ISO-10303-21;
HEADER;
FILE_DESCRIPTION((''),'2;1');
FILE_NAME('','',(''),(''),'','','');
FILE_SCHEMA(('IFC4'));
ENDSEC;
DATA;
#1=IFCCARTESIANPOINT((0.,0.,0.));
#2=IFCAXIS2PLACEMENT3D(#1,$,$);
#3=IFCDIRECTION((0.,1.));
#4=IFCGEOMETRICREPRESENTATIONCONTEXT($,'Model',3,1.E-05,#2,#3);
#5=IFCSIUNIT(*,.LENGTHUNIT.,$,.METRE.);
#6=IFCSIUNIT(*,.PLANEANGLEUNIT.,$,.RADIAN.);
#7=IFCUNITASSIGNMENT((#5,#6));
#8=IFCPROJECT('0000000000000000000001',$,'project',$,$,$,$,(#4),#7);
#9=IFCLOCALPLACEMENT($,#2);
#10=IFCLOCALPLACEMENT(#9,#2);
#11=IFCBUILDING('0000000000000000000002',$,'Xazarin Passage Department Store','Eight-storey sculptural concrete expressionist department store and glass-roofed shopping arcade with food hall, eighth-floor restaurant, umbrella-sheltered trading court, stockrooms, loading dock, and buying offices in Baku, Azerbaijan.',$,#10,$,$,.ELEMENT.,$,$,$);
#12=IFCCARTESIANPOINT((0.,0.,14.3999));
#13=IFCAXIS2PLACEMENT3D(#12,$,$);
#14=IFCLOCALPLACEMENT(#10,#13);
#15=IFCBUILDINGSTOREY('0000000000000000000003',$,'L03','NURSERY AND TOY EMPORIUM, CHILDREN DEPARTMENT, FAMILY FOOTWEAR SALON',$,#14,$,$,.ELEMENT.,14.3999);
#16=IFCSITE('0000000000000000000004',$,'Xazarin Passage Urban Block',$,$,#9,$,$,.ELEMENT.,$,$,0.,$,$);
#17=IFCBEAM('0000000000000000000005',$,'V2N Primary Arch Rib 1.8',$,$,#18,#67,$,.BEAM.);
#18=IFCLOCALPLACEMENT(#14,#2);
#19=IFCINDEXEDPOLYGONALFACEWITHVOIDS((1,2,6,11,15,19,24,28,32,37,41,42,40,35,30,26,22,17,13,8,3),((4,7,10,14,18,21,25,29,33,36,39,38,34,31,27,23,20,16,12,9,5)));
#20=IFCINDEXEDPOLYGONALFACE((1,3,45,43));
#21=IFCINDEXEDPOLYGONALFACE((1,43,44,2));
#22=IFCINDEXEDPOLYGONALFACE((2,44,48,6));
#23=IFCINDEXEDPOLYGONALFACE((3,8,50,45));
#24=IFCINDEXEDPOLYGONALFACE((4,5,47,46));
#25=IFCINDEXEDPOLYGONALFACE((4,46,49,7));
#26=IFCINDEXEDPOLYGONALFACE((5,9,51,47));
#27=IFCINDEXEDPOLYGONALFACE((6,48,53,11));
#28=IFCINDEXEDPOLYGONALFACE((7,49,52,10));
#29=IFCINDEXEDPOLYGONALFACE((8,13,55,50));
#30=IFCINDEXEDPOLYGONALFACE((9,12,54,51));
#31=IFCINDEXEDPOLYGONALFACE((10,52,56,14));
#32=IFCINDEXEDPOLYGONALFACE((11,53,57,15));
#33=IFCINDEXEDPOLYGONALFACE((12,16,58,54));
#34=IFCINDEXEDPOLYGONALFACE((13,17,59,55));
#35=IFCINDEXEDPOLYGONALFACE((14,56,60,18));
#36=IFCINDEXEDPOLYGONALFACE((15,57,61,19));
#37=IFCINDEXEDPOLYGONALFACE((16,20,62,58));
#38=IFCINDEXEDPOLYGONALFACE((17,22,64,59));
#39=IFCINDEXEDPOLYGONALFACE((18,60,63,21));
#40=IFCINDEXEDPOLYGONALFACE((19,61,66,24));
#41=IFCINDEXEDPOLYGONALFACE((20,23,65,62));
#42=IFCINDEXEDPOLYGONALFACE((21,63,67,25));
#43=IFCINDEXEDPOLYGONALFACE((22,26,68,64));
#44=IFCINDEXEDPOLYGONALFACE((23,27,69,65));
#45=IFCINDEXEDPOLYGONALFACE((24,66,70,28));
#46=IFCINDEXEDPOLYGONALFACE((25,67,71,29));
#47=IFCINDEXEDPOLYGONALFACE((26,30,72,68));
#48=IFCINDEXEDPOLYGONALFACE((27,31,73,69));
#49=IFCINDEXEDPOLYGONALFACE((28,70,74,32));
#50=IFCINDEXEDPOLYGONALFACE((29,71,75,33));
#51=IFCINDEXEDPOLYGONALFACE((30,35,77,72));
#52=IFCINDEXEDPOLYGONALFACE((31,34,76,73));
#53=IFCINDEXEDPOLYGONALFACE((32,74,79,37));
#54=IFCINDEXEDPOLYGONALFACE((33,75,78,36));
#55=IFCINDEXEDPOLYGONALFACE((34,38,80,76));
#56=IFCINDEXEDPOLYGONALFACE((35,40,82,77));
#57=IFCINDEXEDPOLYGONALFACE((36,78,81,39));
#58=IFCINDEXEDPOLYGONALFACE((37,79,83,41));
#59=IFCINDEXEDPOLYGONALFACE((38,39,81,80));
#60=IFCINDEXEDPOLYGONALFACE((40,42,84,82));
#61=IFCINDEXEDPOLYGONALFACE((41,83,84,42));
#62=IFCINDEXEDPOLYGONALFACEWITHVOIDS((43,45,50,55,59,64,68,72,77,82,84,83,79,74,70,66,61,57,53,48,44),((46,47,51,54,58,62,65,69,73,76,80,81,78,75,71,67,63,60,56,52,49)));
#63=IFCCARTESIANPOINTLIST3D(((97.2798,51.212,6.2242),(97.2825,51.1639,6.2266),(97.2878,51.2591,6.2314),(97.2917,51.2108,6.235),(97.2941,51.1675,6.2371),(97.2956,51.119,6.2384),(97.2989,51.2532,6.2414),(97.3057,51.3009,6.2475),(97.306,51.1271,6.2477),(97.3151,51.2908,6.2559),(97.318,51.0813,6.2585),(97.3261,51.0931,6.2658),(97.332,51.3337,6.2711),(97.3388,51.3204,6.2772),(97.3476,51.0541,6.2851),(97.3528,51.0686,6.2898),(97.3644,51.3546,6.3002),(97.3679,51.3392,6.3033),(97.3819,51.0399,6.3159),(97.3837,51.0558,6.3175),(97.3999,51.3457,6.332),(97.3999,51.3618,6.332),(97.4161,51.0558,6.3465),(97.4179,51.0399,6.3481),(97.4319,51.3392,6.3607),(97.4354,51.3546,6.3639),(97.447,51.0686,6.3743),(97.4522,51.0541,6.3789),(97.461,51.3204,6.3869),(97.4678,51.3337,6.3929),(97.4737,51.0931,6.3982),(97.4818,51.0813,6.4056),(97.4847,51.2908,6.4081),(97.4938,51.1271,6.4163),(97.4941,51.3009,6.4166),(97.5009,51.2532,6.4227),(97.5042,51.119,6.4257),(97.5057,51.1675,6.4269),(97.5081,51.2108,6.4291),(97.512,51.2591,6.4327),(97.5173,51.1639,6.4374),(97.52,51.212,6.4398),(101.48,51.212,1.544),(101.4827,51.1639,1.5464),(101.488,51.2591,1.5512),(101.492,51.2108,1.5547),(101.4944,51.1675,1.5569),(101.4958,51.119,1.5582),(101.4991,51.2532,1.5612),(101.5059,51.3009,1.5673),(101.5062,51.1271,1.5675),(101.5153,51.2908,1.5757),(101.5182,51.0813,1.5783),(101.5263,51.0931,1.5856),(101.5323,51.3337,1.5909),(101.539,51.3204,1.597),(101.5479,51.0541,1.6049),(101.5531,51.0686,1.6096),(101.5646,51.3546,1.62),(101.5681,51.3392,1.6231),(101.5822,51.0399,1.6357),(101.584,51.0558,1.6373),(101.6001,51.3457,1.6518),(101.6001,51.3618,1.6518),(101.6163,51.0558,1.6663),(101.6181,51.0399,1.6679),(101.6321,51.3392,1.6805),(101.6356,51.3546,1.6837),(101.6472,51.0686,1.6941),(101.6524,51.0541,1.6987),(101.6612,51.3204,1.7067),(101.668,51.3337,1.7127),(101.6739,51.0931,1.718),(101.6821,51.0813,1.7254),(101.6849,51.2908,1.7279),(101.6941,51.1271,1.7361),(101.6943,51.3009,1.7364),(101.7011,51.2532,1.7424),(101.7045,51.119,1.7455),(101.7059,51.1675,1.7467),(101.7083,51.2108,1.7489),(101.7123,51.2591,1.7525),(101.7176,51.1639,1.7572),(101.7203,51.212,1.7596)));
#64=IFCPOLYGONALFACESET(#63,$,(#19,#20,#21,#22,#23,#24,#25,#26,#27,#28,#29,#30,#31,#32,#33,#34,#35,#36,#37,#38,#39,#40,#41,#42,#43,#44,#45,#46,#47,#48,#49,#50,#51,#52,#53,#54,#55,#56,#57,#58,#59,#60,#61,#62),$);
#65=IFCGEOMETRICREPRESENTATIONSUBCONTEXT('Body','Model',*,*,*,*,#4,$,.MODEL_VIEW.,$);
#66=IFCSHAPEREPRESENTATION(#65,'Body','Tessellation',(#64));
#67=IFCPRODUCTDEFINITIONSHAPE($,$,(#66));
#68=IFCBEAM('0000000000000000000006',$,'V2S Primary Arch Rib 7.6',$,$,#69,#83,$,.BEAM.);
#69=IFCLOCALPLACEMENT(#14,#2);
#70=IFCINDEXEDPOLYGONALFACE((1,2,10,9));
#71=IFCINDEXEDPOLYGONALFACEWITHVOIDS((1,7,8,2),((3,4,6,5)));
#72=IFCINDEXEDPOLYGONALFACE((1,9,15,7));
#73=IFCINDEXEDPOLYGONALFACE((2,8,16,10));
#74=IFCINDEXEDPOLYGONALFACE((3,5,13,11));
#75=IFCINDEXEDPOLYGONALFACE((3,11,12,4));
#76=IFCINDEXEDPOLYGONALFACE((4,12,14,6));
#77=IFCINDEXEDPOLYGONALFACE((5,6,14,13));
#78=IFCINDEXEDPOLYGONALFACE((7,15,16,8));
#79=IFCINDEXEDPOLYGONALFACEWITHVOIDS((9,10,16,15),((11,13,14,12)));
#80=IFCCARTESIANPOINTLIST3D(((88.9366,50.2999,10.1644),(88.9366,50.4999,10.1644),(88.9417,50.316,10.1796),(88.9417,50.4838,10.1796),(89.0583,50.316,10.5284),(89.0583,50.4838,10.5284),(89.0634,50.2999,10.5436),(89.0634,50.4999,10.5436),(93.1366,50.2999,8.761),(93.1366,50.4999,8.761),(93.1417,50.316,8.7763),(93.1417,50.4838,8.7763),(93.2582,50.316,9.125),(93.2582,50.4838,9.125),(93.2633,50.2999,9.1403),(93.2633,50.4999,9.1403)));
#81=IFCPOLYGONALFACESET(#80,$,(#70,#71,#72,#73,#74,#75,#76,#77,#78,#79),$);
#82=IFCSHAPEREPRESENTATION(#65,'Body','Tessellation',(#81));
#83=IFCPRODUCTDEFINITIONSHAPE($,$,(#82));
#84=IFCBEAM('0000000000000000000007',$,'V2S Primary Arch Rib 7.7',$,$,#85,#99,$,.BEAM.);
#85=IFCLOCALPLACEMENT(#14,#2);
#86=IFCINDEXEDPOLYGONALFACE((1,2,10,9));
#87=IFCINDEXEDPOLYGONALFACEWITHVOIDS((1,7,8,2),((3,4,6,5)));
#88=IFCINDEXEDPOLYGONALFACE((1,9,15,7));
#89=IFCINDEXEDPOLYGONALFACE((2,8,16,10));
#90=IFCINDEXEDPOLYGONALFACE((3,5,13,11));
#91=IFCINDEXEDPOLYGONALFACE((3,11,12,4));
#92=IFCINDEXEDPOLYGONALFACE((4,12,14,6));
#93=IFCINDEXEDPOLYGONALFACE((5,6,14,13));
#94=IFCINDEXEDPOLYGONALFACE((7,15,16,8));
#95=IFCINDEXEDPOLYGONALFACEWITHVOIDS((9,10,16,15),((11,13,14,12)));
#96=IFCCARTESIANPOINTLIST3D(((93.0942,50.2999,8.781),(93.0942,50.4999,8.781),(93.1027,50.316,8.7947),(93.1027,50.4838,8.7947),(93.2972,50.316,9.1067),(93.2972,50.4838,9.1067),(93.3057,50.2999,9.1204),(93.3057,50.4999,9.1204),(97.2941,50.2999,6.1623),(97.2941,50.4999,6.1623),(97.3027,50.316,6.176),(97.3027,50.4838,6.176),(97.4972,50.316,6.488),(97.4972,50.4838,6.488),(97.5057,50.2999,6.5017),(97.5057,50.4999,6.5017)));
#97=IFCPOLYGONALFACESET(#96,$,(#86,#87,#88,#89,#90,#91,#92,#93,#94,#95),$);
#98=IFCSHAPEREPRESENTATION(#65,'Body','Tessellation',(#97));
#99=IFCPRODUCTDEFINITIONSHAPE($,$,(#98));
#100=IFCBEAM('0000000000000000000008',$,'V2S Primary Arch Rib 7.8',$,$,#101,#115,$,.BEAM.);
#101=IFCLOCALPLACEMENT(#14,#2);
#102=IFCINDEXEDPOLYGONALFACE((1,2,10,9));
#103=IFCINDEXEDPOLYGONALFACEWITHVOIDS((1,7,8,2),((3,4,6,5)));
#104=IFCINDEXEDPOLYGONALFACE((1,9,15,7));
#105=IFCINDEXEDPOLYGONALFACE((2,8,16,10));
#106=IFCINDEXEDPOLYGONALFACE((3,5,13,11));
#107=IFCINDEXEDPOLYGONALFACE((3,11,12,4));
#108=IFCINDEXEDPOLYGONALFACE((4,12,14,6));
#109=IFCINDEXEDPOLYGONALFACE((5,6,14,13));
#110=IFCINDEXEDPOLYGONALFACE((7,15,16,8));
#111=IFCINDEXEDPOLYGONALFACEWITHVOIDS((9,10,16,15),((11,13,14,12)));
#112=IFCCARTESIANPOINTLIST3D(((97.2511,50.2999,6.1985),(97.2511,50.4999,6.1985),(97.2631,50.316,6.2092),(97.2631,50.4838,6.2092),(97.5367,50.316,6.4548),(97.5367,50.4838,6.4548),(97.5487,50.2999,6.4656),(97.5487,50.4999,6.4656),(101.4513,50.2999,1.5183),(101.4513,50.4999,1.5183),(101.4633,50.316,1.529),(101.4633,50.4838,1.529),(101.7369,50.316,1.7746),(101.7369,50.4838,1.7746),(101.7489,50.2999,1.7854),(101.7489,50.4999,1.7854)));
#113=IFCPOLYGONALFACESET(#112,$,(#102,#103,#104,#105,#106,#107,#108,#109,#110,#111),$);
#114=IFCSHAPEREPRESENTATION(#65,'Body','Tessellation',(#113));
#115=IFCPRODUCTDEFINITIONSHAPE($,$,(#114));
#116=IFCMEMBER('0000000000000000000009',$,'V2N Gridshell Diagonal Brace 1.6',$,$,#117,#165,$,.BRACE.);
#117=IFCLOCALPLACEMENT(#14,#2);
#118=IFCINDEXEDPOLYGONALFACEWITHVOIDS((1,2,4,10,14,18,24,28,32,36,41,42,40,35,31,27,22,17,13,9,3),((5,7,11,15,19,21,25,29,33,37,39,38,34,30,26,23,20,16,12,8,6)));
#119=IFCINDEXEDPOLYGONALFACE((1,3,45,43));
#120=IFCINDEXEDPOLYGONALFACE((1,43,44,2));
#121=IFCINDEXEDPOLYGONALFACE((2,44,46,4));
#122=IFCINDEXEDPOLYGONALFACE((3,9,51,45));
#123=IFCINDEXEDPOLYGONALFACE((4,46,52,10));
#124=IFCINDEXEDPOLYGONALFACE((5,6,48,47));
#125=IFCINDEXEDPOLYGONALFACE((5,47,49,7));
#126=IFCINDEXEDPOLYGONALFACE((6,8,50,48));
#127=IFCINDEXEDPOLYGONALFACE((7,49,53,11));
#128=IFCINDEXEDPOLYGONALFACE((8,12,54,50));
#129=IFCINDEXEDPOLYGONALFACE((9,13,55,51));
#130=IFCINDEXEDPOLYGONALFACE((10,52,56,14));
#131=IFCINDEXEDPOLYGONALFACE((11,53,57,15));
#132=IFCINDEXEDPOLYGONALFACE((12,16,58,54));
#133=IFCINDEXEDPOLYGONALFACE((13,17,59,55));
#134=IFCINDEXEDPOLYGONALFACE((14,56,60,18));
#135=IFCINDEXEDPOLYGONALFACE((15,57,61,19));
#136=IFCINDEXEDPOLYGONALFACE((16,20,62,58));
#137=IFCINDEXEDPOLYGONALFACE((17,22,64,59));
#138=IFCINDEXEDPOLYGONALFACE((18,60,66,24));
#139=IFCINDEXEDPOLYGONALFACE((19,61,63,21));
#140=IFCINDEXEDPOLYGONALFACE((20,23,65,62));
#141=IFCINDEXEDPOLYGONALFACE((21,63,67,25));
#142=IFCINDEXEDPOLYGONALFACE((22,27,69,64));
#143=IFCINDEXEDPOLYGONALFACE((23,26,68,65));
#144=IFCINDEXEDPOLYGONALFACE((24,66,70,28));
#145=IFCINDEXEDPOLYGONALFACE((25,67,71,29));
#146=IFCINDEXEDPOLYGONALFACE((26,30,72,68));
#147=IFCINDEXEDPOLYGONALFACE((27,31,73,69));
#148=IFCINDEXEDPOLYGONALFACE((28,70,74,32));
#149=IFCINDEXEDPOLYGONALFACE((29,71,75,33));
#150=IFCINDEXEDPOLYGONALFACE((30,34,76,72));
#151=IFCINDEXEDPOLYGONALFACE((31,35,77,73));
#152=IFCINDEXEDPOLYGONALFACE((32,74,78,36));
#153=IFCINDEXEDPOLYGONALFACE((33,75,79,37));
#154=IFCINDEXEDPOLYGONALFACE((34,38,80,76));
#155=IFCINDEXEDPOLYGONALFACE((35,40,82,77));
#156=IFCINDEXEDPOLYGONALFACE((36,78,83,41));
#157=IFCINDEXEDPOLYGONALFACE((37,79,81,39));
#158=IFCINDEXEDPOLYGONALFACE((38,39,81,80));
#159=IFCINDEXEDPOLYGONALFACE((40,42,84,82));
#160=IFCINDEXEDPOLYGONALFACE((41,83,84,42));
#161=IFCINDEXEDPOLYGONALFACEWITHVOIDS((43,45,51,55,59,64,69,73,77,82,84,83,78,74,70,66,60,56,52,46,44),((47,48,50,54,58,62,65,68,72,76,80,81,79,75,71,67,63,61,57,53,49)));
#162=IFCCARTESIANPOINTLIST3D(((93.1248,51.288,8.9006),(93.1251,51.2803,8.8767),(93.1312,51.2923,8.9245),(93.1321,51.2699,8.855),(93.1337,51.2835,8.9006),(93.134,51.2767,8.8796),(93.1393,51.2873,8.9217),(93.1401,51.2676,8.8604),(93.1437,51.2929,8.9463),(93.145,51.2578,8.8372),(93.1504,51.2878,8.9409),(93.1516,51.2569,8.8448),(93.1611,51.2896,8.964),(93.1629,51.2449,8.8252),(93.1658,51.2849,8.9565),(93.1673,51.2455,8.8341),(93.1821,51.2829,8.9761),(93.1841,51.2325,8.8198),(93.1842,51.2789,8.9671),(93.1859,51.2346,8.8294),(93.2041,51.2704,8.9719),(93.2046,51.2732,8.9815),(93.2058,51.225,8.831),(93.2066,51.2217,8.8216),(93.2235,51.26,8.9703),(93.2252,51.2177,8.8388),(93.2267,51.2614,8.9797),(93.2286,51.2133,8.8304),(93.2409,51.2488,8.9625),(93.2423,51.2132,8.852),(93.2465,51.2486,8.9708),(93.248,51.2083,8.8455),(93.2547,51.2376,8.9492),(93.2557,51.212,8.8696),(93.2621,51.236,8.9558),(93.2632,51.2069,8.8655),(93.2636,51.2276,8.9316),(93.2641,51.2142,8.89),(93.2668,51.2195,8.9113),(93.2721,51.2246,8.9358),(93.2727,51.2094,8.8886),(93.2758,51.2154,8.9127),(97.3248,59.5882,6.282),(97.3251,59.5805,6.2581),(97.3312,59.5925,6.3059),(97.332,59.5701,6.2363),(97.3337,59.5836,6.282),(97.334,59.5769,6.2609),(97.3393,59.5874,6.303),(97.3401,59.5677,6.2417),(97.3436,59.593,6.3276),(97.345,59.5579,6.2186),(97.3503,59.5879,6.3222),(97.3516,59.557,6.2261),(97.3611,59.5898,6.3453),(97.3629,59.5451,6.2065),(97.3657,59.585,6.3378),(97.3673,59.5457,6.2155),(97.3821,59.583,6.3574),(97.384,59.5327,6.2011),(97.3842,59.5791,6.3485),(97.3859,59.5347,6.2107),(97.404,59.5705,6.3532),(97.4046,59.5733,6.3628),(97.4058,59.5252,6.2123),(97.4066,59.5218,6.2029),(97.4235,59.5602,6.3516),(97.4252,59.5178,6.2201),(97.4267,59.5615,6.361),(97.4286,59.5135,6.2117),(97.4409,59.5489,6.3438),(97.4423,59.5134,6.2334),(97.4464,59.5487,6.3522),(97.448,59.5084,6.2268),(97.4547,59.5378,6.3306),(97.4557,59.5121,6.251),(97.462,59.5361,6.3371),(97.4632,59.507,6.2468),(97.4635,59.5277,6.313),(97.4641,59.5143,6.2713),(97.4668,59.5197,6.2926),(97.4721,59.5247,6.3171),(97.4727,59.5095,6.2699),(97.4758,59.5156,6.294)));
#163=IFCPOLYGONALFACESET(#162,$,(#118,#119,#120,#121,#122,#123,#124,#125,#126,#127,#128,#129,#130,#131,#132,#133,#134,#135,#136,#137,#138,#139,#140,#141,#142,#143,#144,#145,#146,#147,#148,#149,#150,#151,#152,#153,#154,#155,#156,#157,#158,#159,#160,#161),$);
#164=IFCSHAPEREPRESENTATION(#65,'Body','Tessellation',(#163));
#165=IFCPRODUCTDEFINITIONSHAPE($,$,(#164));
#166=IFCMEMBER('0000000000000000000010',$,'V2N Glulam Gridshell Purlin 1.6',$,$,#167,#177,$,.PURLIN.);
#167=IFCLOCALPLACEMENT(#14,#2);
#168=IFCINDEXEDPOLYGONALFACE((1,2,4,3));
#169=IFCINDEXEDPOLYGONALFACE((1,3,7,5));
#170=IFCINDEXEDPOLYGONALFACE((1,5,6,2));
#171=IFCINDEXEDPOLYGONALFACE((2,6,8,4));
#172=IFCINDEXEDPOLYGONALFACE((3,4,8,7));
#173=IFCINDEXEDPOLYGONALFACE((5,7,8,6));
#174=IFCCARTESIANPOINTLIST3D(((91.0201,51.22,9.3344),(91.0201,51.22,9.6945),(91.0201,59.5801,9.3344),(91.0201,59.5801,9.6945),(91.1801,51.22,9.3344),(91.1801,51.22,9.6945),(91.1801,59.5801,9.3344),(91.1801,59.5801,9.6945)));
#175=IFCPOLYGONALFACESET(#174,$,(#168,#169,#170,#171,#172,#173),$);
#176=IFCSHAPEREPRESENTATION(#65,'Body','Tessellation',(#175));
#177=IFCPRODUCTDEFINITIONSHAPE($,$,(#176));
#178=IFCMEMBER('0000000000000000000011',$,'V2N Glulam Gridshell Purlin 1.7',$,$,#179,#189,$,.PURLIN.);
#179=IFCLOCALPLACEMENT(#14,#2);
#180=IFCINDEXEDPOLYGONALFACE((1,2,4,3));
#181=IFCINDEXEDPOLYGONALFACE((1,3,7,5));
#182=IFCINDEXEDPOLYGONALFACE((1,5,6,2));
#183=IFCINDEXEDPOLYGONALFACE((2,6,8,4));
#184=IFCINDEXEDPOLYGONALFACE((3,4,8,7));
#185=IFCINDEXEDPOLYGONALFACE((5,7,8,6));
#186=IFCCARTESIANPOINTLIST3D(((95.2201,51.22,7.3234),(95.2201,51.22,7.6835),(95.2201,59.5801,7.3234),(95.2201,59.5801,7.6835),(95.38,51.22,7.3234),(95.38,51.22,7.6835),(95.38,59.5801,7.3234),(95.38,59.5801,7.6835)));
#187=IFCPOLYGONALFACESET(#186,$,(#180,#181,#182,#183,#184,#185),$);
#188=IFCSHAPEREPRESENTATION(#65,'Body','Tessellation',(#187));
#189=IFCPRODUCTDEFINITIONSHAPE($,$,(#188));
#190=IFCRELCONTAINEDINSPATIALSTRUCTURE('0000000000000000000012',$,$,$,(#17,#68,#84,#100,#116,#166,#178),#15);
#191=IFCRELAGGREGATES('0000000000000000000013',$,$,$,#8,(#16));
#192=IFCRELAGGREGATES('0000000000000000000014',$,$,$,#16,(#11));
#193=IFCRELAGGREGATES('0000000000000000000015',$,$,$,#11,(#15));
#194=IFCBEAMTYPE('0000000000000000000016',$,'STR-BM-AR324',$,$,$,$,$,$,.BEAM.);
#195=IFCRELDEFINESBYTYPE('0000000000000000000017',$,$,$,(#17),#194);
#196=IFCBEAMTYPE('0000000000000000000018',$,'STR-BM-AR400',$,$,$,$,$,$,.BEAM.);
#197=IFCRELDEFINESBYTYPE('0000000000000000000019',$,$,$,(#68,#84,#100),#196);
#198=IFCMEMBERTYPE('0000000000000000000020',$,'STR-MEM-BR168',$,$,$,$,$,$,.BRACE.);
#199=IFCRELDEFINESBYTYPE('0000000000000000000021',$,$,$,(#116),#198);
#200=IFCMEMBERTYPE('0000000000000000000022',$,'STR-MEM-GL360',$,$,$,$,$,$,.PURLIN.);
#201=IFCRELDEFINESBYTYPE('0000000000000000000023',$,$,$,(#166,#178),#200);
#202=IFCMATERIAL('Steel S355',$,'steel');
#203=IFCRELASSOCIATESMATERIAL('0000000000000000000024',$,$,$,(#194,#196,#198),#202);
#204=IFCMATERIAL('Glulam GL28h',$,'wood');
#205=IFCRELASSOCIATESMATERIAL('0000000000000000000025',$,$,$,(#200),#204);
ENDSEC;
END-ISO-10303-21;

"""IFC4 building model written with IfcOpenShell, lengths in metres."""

from ifc_helpers import new_model, si_unit, direction, frame, origin, origin_2d, place, context, subcontext, project, spatial, rectangle, hollow_rectangle, hollow_circle, extrude, material, material_profile, profile_set, type_object, element, save


model = new_model("IFC4")

# Units and contexts
model_context = context("Model", 3, precision=1e-05, world=origin(), true_north=direction((0.0, 1.0)))
body_context = subcontext(model_context, "Body", "Model", "MODEL_VIEW")
ifc_project = project(units=[si_unit("LENGTHUNIT", "METRE"), si_unit("PLANEANGLEUNIT", "RADIAN")], contexts=[model_context])

# Site, building, storey
site_placement = place(None, origin())
site = spatial("IfcSite", under=ifc_project, at=site_placement, Name="Xazarin Passage Urban Block", CompositionType="ELEMENT", RefElevation=0.0)
building_placement = place(site_placement, origin())
building = spatial("IfcBuilding", under=site, at=building_placement, Name="Xazarin Passage Department Store", Description="Eight-storey sculptural concrete expressionist department store and glass-roofed shopping arcade with food hall, eighth-floor restaurant, umbrella-sheltered trading court, stockrooms, loading dock, and buying offices in Baku, Azerbaijan.", CompositionType="ELEMENT")
storey_placement = place(building_placement, frame((0.0, 0.0, 14.3999)))
storey = spatial("IfcBuildingStorey", under=building, at=storey_placement, Name="L03", Description="NURSERY AND TOY EMPORIUM, CHILDREN DEPARTMENT, FAMILY FOOTWEAR SALON", CompositionType="ELEMENT", Elevation=14.3999)

# Shared definitions
ifc_material_1 = material(Name="Steel S355", Category="steel")

# Beams
ifc_material_profile_1 = material_profile(ifc_material_1, hollow_circle(Radius=0.1619, WallThickness=0.0161, at=origin_2d()), Name="CHS 323.9x16")
ifc_profile_set_1 = profile_set([ifc_material_profile_1], Name="Steel S355")
beam_type_1 = type_object("IfcBeamType", Name="STR-BM-AR324", PredefinedType="BEAM", material=ifc_profile_set_1)
beam_1_placement = place(storey_placement, frame((97.3999, 51.2, 6.332), z_axis=(0.667913, 0.0, -0.744239), x_axis=(0.0, 1.0, 0.0)))
element("IfcBeam", 1, at=beam_1_placement, inside=storey, type_object=beam_type_1, Name="V2N Primary Arch Rib 1.8", PredefinedType="BEAM", context=body_context, shape_type="SweptSolid", body=[
    extrude(hollow_circle(Radius=0.1619, WallThickness=0.0161, at=origin_2d()), origin(), (0.0, 0.0, 1.0), 6.2886),
])
ifc_material_profile_2 = material_profile(ifc_material_1, hollow_rectangle(XDim=0.2, YDim=0.3999, WallThickness=0.0161, at=origin_2d()), Name="RHS 400x200x16")
ifc_profile_set_2 = profile_set([ifc_material_profile_2], Name="Steel S355")
beam_type_2 = type_object("IfcBeamType", Name="STR-BM-AR400", PredefinedType="BEAM", material=ifc_profile_set_2)
beam_2_placement = place(storey_placement, frame((89.0, 50.3999, 10.354), z_axis=(0.948457, 0.0, -0.316906), x_axis=(0.0, 1.0, 0.0)))
element("IfcBeam", 2, at=beam_2_placement, inside=storey, type_object=beam_type_2, Name="V2S Primary Arch Rib 7.6", PredefinedType="BEAM", context=body_context, shape_type="SweptSolid", body=[
    extrude(hollow_rectangle(XDim=0.2, YDim=0.3999, WallThickness=0.0161, at=origin_2d()), origin(), (0.0, 0.0, 1.0), 4.4282),
])
beam_3_placement = place(storey_placement, frame((93.2, 50.3999, 8.9507), z_axis=(0.848571, 0.0, -0.529081), x_axis=(0.0, 1.0, 0.0)))
element("IfcBeam", 3, at=beam_3_placement, inside=storey, type_object=beam_type_2, Name="V2S Primary Arch Rib 7.7", PredefinedType="BEAM", context=body_context, shape_type="SweptSolid", body=[
    extrude(hollow_rectangle(XDim=0.2, YDim=0.3999, WallThickness=0.0161, at=origin_2d()), origin(), (0.0, 0.0, 1.0), 4.9495),
])
beam_4_placement = place(storey_placement, frame((97.3999, 50.3999, 6.332), z_axis=(0.667913, 0.0, -0.744239), x_axis=(0.0, 1.0, 0.0)))
element("IfcBeam", 4, at=beam_4_placement, inside=storey, type_object=beam_type_2, Name="V2S Primary Arch Rib 7.8", PredefinedType="BEAM", context=body_context, shape_type="SweptSolid", body=[
    extrude(hollow_rectangle(XDim=0.2, YDim=0.3999, WallThickness=0.0161, at=origin_2d()), origin(), (0.0, 0.0, 1.0), 6.2886),
])

# Members
ifc_material_profile_3 = material_profile(ifc_material_1, hollow_circle(Radius=0.0842, WallThickness=0.01, at=origin_2d()), Name="CHS 168.3x10")
ifc_profile_set_3 = profile_set([ifc_material_profile_3], Name="Steel S355")
member_type_1 = type_object("IfcMemberType", Name="STR-MEM-BR168", PredefinedType="BRACE", material=ifc_profile_set_3)
member_1_placement = place(storey_placement, frame((93.2, 51.25, 8.9006), z_axis=(0.43461, 0.858886, -0.270977), x_axis=(-0.89227, 0.451502, 0.0)))
element("IfcMember", 5, at=member_1_placement, inside=storey, type_object=member_type_1, Name="V2N Gridshell Diagonal Brace 1.6", PredefinedType="BRACE", context=body_context, shape_type="SweptSolid", body=[
    extrude(hollow_circle(Radius=0.0842, WallThickness=0.01, at=origin_2d()), origin(), (0.0, 0.0, 1.0), 9.6638),
])
ifc_material_2 = material(Name="Glulam GL28h", Category="wood")
ifc_material_profile_4 = material_profile(ifc_material_2, rectangle(XDim=0.1599, YDim=0.3601, at=origin_2d()), Name="GL28h 160x360")
ifc_profile_set_4 = profile_set([ifc_material_profile_4], Name="Glulam GL28h")
member_type_2 = type_object("IfcMemberType", Name="STR-MEM-GL360", PredefinedType="PURLIN", material=ifc_profile_set_4)
for number, where, z_axis, x_axis, name in (
    (6, (91.1001, 51.22, 9.5144), (0.0, 1.0, 0.0), (-1.0, 0.0, 0.0), "V2N Glulam Gridshell Purlin 1.6"),
    (7, (95.3, 51.22, 7.5034), (0.0, 1.0, 0.0), (-1.0, 0.0, 0.0), "V2N Glulam Gridshell Purlin 1.7"),
):
    element("IfcMember", number, at=place(storey_placement, frame(where, z_axis=z_axis, x_axis=x_axis)), inside=storey, type_object=member_type_2, Name=name, PredefinedType="PURLIN", context=body_context, shape_type="SweptSolid", body=[
        extrude(rectangle(XDim=0.1599, YDim=0.3601, at=origin_2d()), origin(), (0.0, 0.0, 1.0), 8.3601),
    ])

save(model, "model.ifc")
